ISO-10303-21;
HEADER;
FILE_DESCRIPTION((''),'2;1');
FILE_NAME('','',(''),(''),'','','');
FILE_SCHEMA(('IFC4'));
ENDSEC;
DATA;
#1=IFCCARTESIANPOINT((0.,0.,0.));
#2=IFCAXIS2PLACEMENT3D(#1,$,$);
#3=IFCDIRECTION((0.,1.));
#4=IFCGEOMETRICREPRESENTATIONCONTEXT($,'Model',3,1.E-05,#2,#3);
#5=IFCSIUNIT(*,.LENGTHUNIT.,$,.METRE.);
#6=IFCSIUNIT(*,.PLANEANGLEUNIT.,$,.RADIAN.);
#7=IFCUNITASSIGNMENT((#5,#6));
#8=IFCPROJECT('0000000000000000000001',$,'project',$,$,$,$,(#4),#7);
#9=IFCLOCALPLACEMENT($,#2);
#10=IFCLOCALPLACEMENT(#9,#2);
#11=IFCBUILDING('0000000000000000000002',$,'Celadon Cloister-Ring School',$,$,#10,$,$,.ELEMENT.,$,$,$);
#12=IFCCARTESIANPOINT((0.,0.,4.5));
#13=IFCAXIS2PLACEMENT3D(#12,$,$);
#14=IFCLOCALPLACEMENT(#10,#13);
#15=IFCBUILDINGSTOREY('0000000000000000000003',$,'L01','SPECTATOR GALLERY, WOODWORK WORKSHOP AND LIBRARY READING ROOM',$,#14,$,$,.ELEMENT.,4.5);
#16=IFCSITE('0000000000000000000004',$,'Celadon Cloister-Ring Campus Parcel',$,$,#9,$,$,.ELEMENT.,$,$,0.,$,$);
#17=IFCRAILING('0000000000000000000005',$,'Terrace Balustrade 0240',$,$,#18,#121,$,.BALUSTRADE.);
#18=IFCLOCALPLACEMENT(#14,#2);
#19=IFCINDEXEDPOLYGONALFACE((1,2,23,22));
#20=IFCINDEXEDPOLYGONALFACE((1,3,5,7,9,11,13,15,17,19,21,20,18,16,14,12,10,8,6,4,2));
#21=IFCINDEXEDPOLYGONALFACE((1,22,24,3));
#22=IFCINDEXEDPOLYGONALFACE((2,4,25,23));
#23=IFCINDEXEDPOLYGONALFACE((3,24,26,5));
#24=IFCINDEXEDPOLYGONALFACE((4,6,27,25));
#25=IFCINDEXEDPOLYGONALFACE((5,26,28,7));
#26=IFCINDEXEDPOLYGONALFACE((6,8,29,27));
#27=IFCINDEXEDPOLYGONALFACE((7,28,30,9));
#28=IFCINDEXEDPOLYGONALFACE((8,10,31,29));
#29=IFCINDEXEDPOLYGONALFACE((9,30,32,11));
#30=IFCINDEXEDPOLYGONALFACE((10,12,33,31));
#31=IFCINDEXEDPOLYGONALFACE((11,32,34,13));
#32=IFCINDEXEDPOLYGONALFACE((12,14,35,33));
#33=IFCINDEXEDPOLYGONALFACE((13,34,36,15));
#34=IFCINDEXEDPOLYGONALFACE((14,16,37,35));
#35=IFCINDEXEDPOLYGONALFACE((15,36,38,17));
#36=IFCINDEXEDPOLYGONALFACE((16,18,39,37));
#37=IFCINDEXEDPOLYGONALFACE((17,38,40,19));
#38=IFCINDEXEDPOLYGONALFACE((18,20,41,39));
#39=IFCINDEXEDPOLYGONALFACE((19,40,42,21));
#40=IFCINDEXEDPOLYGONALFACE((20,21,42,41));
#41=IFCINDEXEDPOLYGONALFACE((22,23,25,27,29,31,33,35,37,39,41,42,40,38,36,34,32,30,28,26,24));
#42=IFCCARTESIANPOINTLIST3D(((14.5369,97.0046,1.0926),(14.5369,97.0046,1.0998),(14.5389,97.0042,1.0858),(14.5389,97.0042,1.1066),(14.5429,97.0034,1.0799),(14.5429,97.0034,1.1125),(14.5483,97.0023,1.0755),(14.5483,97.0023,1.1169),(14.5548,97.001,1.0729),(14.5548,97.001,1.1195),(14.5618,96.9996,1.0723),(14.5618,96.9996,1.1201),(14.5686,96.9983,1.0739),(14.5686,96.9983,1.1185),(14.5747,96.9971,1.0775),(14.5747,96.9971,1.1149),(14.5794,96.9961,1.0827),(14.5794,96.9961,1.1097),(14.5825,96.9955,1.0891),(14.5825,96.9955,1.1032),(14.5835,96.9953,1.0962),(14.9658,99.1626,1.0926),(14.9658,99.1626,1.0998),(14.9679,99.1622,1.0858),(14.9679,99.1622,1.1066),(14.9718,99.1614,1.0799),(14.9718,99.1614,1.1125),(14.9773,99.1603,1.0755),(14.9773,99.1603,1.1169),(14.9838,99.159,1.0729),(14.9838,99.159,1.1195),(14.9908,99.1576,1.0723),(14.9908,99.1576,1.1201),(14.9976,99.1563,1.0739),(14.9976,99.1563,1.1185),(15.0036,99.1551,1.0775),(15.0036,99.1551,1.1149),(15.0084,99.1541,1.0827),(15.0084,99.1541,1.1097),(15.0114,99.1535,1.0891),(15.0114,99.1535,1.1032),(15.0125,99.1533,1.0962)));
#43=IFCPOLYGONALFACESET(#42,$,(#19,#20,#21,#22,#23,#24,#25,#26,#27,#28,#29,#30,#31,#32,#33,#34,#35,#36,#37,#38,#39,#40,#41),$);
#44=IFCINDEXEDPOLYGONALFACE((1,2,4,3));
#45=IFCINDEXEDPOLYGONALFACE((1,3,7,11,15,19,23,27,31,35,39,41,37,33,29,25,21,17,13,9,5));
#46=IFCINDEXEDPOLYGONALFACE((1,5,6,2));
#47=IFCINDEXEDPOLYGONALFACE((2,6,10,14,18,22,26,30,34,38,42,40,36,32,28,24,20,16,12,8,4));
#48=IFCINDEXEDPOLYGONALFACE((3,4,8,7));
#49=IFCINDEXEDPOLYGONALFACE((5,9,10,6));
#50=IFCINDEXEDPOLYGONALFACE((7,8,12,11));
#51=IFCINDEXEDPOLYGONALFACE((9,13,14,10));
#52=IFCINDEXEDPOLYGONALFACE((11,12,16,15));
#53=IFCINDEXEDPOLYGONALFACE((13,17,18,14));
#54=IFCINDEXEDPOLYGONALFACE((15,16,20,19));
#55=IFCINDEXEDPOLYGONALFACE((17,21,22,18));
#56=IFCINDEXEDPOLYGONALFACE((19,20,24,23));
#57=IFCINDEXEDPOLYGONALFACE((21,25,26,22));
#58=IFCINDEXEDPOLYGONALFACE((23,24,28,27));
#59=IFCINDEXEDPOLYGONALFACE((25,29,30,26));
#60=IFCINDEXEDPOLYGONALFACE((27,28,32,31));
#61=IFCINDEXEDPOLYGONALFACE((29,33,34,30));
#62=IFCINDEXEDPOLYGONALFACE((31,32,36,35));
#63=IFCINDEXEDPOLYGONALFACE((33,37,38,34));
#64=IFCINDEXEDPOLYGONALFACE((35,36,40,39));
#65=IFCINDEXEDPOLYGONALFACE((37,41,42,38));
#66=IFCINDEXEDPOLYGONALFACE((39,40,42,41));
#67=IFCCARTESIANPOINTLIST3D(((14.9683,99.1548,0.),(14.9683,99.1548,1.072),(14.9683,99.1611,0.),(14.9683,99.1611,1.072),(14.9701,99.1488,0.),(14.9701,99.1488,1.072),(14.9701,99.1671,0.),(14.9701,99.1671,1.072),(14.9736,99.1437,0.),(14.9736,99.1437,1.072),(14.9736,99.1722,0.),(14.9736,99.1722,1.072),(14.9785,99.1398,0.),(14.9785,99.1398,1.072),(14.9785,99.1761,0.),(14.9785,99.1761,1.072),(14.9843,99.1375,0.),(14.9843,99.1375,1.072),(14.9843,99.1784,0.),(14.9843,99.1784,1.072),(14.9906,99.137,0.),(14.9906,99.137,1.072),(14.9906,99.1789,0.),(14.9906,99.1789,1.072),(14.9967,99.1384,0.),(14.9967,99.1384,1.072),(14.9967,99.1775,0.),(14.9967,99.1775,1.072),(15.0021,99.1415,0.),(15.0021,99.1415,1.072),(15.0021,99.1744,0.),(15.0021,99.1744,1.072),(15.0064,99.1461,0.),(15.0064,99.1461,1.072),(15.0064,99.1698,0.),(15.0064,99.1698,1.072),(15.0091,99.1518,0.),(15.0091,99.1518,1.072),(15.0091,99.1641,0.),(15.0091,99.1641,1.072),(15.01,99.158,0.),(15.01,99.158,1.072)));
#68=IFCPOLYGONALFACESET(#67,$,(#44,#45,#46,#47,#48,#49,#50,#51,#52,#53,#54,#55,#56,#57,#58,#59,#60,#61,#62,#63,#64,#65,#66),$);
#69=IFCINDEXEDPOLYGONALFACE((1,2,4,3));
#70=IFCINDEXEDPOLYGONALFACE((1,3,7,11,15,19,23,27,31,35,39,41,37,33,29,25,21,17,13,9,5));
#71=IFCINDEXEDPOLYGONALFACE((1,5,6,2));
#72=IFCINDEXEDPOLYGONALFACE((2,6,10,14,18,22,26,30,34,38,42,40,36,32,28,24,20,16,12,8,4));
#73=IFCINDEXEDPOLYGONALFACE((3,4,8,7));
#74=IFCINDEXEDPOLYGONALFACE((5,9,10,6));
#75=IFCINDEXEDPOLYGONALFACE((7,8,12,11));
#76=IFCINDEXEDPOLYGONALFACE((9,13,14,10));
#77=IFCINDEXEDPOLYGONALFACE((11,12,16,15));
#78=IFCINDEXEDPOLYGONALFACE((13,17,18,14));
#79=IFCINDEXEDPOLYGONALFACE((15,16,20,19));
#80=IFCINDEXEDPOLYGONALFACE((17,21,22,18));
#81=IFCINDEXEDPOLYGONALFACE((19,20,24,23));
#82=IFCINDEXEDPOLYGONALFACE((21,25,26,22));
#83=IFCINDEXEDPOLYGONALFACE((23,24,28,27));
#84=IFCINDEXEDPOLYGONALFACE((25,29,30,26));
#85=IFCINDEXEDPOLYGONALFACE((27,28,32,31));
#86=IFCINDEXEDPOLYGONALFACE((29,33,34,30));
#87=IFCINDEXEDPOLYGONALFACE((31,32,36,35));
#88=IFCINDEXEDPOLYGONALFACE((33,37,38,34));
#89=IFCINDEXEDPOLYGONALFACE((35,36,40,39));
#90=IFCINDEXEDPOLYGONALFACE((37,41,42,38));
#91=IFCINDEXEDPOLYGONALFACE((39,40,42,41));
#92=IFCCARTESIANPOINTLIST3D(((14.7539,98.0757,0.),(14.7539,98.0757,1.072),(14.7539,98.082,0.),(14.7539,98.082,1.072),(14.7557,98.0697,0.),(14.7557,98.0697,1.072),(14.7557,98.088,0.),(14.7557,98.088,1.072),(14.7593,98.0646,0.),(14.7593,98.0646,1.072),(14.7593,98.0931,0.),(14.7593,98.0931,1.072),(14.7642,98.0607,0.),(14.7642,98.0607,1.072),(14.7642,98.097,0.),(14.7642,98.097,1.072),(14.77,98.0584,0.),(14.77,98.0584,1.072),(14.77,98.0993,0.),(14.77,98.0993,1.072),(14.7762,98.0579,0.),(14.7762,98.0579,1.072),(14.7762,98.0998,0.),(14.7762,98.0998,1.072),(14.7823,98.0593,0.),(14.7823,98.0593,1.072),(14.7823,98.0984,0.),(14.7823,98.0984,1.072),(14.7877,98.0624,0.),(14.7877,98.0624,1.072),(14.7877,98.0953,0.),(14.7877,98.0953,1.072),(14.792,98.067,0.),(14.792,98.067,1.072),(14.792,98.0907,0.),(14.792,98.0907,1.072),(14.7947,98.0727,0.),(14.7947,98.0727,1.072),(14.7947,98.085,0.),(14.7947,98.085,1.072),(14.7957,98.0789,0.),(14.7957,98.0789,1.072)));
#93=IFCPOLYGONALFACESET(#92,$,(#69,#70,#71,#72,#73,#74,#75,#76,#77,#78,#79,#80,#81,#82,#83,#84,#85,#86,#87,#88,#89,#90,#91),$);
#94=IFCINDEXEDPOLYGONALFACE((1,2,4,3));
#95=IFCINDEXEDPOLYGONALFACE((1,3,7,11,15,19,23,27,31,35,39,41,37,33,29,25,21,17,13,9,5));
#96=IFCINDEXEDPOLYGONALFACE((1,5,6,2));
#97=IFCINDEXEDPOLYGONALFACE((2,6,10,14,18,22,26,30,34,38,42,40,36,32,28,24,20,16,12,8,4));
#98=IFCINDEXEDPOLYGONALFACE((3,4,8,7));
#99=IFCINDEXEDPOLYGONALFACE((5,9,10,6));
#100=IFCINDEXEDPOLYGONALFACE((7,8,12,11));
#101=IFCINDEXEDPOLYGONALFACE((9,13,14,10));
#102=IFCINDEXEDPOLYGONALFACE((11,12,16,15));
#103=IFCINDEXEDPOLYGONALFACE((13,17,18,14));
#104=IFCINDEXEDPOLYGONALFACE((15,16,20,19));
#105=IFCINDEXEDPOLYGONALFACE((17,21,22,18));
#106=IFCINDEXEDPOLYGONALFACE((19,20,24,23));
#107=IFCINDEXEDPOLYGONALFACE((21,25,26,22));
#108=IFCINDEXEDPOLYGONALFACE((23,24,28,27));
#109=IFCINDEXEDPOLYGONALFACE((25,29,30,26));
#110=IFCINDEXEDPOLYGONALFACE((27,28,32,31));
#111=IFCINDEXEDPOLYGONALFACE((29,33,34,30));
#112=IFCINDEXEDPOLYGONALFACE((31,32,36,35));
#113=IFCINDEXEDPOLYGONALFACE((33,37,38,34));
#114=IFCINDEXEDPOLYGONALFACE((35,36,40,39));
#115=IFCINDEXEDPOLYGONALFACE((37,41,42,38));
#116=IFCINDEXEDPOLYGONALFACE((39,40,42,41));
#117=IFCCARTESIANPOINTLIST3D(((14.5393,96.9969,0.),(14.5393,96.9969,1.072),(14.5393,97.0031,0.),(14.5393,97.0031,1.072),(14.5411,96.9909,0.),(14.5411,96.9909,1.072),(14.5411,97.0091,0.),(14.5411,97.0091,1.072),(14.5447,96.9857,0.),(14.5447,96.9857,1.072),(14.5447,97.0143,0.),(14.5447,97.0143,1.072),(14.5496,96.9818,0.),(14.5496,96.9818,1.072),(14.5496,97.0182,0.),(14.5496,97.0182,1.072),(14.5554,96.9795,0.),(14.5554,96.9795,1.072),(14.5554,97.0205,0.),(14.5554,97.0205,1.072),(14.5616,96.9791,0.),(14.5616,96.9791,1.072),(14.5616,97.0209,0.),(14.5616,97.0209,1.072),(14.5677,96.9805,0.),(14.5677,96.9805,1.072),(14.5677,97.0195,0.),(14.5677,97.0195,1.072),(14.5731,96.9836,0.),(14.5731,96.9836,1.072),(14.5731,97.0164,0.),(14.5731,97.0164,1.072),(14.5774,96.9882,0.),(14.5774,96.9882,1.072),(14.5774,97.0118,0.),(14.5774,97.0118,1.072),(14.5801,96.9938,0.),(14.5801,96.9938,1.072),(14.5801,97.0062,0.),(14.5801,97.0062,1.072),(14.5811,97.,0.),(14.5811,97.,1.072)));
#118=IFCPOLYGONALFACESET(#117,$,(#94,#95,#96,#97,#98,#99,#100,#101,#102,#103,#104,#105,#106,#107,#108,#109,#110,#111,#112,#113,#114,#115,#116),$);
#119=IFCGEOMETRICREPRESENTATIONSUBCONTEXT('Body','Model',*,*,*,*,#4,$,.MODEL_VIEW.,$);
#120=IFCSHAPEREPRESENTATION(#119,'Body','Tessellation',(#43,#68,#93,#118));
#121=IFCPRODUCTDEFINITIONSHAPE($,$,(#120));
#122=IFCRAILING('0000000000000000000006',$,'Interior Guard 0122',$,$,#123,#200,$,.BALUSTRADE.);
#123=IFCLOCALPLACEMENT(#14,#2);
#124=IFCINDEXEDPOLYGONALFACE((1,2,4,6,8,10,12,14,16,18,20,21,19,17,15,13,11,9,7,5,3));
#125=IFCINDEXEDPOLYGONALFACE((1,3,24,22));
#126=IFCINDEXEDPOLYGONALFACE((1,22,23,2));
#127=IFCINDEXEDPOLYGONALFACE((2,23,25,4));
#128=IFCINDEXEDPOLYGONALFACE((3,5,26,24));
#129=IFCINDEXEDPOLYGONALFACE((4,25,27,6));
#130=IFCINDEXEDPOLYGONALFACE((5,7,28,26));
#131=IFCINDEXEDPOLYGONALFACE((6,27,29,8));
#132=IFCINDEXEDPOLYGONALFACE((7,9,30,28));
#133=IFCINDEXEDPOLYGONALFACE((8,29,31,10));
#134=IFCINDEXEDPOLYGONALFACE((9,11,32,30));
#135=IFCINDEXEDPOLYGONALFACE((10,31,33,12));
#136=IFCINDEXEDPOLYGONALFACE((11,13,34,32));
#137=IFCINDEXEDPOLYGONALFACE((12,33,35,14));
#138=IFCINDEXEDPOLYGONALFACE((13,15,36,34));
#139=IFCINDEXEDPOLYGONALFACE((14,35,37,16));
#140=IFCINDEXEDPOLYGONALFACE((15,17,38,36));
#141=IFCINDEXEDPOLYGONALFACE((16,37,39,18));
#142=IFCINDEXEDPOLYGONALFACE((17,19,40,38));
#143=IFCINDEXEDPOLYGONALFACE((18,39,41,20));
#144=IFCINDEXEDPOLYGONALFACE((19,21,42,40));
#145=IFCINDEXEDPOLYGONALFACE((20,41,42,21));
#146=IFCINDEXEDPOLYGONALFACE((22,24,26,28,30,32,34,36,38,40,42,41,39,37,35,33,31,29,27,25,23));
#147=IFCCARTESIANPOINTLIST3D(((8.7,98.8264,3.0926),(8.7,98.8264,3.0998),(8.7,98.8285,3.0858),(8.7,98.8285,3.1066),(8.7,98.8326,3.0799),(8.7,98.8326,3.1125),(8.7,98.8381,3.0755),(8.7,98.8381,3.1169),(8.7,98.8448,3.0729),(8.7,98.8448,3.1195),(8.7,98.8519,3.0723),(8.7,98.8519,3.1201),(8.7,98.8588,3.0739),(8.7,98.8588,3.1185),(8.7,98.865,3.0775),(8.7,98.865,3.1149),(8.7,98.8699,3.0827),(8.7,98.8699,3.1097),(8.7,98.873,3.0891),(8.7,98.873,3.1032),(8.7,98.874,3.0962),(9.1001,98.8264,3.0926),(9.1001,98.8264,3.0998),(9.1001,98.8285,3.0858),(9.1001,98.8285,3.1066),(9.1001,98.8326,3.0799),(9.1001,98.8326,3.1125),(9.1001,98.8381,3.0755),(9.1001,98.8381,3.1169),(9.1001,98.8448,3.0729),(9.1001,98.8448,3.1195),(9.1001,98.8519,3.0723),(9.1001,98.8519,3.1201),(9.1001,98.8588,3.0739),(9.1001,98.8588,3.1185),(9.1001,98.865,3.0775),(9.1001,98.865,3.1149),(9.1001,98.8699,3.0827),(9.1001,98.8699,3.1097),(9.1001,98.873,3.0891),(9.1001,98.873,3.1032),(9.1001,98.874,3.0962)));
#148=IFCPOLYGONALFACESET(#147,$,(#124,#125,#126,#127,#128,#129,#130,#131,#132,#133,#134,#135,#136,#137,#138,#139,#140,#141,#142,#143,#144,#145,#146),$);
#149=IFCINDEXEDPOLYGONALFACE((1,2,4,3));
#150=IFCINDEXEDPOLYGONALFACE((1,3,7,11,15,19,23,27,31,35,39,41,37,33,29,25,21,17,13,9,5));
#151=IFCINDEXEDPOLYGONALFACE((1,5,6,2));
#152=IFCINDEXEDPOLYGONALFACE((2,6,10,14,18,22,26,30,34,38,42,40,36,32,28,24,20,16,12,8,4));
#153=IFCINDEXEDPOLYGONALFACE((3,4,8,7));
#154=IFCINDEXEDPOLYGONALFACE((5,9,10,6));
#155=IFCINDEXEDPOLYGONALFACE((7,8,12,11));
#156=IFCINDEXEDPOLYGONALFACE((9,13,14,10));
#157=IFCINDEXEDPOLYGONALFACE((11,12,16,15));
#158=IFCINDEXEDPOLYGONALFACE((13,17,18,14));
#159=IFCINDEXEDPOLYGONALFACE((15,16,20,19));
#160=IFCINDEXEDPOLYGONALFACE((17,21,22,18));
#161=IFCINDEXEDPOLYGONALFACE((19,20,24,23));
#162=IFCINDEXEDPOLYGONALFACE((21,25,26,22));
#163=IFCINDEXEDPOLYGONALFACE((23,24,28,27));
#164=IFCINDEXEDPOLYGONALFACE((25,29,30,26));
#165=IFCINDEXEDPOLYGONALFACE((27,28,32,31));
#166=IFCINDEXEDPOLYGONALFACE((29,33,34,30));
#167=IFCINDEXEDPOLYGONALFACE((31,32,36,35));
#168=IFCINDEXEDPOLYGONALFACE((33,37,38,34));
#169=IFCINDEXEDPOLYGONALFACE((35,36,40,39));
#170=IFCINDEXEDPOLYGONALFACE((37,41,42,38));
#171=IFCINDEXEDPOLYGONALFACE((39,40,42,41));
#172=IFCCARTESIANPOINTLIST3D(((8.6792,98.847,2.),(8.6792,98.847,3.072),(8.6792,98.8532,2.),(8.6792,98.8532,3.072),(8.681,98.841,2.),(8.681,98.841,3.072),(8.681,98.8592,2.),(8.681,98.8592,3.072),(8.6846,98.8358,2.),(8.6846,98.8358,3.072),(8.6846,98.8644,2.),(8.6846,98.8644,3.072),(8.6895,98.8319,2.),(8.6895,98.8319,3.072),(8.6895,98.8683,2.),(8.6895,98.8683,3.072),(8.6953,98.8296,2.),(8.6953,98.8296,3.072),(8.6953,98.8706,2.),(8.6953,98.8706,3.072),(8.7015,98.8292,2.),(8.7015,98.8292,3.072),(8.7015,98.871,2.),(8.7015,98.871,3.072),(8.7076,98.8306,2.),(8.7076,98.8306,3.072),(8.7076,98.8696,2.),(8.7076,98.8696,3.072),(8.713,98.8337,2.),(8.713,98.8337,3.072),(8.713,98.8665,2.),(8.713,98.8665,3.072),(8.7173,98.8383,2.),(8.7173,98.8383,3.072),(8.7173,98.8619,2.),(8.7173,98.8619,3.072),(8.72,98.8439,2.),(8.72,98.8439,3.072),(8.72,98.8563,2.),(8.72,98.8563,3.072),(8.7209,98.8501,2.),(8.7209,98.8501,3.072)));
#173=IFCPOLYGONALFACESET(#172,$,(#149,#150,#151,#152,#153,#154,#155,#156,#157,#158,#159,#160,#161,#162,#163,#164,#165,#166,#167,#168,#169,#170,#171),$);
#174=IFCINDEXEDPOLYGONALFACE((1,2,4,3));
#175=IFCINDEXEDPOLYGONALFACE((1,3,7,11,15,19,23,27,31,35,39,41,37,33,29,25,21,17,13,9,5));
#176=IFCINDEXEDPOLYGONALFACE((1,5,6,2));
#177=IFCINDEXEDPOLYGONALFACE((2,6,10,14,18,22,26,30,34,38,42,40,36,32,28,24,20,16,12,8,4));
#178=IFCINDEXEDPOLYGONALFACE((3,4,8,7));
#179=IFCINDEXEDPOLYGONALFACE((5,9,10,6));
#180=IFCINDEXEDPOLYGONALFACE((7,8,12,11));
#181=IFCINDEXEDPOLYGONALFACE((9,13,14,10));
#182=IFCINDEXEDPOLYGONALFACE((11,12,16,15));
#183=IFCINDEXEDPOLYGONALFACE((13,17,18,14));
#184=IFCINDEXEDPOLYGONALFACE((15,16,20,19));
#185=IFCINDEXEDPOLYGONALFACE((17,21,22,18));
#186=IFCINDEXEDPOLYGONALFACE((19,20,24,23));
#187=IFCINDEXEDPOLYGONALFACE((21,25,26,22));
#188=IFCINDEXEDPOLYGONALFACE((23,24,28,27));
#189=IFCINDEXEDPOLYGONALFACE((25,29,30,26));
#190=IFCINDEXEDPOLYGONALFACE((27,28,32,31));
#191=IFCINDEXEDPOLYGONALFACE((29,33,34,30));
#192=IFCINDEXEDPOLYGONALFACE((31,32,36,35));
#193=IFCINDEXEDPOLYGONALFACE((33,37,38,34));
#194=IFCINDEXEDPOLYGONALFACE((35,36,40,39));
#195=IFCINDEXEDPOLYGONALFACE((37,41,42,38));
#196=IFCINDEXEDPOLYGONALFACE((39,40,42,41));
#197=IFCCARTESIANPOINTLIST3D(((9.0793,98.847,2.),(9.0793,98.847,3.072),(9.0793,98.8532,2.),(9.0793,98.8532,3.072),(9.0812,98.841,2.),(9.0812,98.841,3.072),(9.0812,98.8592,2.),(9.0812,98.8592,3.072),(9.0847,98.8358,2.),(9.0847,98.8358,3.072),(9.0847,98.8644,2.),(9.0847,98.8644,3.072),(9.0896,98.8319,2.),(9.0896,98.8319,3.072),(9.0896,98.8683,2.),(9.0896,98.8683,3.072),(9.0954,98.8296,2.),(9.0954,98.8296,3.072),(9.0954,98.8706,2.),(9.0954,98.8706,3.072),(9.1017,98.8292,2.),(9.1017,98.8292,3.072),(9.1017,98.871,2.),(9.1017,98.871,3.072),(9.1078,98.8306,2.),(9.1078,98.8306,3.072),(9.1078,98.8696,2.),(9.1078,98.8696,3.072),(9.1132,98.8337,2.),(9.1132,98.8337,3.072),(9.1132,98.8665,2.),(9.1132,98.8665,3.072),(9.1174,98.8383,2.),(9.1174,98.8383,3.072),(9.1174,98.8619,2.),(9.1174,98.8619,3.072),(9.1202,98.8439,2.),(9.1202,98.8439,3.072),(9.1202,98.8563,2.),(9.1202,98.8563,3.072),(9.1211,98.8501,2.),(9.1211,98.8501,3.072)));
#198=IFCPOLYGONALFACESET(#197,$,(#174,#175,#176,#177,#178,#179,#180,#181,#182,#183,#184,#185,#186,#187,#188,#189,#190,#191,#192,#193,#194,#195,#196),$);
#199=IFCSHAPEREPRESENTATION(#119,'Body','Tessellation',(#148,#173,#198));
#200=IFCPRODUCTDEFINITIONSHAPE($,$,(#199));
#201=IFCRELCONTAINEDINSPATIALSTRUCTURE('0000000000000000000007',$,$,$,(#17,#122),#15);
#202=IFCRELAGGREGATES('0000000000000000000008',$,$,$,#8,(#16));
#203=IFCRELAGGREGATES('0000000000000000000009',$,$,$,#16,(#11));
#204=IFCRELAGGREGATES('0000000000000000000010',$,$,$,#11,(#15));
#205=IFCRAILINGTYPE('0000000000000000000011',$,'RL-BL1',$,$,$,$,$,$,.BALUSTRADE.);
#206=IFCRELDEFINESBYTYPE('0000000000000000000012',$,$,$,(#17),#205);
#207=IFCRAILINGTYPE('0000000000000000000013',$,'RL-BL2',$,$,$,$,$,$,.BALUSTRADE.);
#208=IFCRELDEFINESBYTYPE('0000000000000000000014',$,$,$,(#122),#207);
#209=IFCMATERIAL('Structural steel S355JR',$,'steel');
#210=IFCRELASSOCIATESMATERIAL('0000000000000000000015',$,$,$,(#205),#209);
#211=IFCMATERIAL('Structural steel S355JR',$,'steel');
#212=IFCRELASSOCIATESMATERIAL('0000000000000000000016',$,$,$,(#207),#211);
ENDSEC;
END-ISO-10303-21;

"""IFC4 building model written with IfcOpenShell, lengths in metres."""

from ifc_helpers import new_model, si_unit, direction, frame, origin, origin_2d, place, context, subcontext, project, spatial, circle, extrude, material, type_object, element, save


model = new_model("IFC4")

# Units and contexts
model_context = context("Model", 3, precision=1e-05, world=origin(), true_north=direction((0.0, 1.0)))
body_context = subcontext(model_context, "Body", "Model", "MODEL_VIEW")
ifc_project = project(units=[si_unit("LENGTHUNIT", "METRE"), si_unit("PLANEANGLEUNIT", "RADIAN")], contexts=[model_context])

# Site, building, storey
site_placement = place(None, origin())
site = spatial("IfcSite", under=ifc_project, at=site_placement, Name="Celadon Cloister-Ring Campus Parcel", CompositionType="ELEMENT", RefElevation=0.0)
building_placement = place(site_placement, origin())
building = spatial("IfcBuilding", under=site, at=building_placement, Name="Celadon Cloister-Ring School", CompositionType="ELEMENT")
storey_placement = place(building_placement, frame((0.0, 0.0, 4.5)))
storey = spatial("IfcBuildingStorey", under=building, at=storey_placement, Name="L01", Description="SPECTATOR GALLERY, WOODWORK WORKSHOP AND LIBRARY READING ROOM", CompositionType="ELEMENT", Elevation=4.5)

# Railings
ifc_material_1 = material(Name="Structural steel S355JR", Category="steel")
railing_type_1 = type_object("IfcRailingType", Name="RL-BL1", PredefinedType="BALUSTRADE", material=ifc_material_1)
railing_1_placement = place(storey_placement, frame((14.989, 99.158, 0.0)))
element("IfcRailing", 1, at=railing_1_placement, inside=storey, type_object=railing_type_1, Name="Terrace Balustrade 0240", PredefinedType="BALUSTRADE", context=body_context, shape_type="SweptSolid", body=[
    extrude(circle(Radius=0.0239, at=origin_2d()), frame((0.0, 0.0, 1.0962), z_axis=(-0.194964, -0.98081, 0.0), x_axis=(0.98081, -0.194964, 0.0)), (0.0, 0.0, 1.0), 2.2002),
    extrude(circle(Radius=0.021, at=origin_2d()), origin(), (0.0, 0.0, 1.0), 1.072),
    extrude(circle(Radius=0.021, at=origin_2d()), frame((-0.2144, -1.0791, 0.0)), (0.0, 0.0, 1.0), 1.072),
    extrude(circle(Radius=0.021, at=origin_2d()), frame((-0.429, -2.158, 0.0)), (0.0, 0.0, 1.0), 1.072),
])
ifc_material_2 = material(Name="Structural steel S355JR", Category="steel")
railing_type_2 = type_object("IfcRailingType", Name="RL-BL2", PredefinedType="BALUSTRADE", material=ifc_material_2)
railing_2_placement = place(storey_placement, frame((8.7, 98.8501, 2.0)))
element("IfcRailing", 2, at=railing_2_placement, inside=storey, type_object=railing_type_2, Name="Interior Guard 0122", PredefinedType="BALUSTRADE", context=body_context, shape_type="SweptSolid", body=[
    extrude(circle(Radius=0.0239, at=origin_2d()), frame((0.0, 0.0, 1.0962), z_axis=(1.0, 0.0, 0.0), x_axis=(0.0, 1.0, 0.0)), (0.0, 0.0, 1.0), 0.4001),
    extrude(circle(Radius=0.021, at=origin_2d()), origin(), (0.0, 0.0, 1.0), 1.072),
    extrude(circle(Radius=0.021, at=origin_2d()), frame((0.4001, 0.0, 0.0)), (0.0, 0.0, 1.0), 1.072),
])

save(model, "model.ifc")
